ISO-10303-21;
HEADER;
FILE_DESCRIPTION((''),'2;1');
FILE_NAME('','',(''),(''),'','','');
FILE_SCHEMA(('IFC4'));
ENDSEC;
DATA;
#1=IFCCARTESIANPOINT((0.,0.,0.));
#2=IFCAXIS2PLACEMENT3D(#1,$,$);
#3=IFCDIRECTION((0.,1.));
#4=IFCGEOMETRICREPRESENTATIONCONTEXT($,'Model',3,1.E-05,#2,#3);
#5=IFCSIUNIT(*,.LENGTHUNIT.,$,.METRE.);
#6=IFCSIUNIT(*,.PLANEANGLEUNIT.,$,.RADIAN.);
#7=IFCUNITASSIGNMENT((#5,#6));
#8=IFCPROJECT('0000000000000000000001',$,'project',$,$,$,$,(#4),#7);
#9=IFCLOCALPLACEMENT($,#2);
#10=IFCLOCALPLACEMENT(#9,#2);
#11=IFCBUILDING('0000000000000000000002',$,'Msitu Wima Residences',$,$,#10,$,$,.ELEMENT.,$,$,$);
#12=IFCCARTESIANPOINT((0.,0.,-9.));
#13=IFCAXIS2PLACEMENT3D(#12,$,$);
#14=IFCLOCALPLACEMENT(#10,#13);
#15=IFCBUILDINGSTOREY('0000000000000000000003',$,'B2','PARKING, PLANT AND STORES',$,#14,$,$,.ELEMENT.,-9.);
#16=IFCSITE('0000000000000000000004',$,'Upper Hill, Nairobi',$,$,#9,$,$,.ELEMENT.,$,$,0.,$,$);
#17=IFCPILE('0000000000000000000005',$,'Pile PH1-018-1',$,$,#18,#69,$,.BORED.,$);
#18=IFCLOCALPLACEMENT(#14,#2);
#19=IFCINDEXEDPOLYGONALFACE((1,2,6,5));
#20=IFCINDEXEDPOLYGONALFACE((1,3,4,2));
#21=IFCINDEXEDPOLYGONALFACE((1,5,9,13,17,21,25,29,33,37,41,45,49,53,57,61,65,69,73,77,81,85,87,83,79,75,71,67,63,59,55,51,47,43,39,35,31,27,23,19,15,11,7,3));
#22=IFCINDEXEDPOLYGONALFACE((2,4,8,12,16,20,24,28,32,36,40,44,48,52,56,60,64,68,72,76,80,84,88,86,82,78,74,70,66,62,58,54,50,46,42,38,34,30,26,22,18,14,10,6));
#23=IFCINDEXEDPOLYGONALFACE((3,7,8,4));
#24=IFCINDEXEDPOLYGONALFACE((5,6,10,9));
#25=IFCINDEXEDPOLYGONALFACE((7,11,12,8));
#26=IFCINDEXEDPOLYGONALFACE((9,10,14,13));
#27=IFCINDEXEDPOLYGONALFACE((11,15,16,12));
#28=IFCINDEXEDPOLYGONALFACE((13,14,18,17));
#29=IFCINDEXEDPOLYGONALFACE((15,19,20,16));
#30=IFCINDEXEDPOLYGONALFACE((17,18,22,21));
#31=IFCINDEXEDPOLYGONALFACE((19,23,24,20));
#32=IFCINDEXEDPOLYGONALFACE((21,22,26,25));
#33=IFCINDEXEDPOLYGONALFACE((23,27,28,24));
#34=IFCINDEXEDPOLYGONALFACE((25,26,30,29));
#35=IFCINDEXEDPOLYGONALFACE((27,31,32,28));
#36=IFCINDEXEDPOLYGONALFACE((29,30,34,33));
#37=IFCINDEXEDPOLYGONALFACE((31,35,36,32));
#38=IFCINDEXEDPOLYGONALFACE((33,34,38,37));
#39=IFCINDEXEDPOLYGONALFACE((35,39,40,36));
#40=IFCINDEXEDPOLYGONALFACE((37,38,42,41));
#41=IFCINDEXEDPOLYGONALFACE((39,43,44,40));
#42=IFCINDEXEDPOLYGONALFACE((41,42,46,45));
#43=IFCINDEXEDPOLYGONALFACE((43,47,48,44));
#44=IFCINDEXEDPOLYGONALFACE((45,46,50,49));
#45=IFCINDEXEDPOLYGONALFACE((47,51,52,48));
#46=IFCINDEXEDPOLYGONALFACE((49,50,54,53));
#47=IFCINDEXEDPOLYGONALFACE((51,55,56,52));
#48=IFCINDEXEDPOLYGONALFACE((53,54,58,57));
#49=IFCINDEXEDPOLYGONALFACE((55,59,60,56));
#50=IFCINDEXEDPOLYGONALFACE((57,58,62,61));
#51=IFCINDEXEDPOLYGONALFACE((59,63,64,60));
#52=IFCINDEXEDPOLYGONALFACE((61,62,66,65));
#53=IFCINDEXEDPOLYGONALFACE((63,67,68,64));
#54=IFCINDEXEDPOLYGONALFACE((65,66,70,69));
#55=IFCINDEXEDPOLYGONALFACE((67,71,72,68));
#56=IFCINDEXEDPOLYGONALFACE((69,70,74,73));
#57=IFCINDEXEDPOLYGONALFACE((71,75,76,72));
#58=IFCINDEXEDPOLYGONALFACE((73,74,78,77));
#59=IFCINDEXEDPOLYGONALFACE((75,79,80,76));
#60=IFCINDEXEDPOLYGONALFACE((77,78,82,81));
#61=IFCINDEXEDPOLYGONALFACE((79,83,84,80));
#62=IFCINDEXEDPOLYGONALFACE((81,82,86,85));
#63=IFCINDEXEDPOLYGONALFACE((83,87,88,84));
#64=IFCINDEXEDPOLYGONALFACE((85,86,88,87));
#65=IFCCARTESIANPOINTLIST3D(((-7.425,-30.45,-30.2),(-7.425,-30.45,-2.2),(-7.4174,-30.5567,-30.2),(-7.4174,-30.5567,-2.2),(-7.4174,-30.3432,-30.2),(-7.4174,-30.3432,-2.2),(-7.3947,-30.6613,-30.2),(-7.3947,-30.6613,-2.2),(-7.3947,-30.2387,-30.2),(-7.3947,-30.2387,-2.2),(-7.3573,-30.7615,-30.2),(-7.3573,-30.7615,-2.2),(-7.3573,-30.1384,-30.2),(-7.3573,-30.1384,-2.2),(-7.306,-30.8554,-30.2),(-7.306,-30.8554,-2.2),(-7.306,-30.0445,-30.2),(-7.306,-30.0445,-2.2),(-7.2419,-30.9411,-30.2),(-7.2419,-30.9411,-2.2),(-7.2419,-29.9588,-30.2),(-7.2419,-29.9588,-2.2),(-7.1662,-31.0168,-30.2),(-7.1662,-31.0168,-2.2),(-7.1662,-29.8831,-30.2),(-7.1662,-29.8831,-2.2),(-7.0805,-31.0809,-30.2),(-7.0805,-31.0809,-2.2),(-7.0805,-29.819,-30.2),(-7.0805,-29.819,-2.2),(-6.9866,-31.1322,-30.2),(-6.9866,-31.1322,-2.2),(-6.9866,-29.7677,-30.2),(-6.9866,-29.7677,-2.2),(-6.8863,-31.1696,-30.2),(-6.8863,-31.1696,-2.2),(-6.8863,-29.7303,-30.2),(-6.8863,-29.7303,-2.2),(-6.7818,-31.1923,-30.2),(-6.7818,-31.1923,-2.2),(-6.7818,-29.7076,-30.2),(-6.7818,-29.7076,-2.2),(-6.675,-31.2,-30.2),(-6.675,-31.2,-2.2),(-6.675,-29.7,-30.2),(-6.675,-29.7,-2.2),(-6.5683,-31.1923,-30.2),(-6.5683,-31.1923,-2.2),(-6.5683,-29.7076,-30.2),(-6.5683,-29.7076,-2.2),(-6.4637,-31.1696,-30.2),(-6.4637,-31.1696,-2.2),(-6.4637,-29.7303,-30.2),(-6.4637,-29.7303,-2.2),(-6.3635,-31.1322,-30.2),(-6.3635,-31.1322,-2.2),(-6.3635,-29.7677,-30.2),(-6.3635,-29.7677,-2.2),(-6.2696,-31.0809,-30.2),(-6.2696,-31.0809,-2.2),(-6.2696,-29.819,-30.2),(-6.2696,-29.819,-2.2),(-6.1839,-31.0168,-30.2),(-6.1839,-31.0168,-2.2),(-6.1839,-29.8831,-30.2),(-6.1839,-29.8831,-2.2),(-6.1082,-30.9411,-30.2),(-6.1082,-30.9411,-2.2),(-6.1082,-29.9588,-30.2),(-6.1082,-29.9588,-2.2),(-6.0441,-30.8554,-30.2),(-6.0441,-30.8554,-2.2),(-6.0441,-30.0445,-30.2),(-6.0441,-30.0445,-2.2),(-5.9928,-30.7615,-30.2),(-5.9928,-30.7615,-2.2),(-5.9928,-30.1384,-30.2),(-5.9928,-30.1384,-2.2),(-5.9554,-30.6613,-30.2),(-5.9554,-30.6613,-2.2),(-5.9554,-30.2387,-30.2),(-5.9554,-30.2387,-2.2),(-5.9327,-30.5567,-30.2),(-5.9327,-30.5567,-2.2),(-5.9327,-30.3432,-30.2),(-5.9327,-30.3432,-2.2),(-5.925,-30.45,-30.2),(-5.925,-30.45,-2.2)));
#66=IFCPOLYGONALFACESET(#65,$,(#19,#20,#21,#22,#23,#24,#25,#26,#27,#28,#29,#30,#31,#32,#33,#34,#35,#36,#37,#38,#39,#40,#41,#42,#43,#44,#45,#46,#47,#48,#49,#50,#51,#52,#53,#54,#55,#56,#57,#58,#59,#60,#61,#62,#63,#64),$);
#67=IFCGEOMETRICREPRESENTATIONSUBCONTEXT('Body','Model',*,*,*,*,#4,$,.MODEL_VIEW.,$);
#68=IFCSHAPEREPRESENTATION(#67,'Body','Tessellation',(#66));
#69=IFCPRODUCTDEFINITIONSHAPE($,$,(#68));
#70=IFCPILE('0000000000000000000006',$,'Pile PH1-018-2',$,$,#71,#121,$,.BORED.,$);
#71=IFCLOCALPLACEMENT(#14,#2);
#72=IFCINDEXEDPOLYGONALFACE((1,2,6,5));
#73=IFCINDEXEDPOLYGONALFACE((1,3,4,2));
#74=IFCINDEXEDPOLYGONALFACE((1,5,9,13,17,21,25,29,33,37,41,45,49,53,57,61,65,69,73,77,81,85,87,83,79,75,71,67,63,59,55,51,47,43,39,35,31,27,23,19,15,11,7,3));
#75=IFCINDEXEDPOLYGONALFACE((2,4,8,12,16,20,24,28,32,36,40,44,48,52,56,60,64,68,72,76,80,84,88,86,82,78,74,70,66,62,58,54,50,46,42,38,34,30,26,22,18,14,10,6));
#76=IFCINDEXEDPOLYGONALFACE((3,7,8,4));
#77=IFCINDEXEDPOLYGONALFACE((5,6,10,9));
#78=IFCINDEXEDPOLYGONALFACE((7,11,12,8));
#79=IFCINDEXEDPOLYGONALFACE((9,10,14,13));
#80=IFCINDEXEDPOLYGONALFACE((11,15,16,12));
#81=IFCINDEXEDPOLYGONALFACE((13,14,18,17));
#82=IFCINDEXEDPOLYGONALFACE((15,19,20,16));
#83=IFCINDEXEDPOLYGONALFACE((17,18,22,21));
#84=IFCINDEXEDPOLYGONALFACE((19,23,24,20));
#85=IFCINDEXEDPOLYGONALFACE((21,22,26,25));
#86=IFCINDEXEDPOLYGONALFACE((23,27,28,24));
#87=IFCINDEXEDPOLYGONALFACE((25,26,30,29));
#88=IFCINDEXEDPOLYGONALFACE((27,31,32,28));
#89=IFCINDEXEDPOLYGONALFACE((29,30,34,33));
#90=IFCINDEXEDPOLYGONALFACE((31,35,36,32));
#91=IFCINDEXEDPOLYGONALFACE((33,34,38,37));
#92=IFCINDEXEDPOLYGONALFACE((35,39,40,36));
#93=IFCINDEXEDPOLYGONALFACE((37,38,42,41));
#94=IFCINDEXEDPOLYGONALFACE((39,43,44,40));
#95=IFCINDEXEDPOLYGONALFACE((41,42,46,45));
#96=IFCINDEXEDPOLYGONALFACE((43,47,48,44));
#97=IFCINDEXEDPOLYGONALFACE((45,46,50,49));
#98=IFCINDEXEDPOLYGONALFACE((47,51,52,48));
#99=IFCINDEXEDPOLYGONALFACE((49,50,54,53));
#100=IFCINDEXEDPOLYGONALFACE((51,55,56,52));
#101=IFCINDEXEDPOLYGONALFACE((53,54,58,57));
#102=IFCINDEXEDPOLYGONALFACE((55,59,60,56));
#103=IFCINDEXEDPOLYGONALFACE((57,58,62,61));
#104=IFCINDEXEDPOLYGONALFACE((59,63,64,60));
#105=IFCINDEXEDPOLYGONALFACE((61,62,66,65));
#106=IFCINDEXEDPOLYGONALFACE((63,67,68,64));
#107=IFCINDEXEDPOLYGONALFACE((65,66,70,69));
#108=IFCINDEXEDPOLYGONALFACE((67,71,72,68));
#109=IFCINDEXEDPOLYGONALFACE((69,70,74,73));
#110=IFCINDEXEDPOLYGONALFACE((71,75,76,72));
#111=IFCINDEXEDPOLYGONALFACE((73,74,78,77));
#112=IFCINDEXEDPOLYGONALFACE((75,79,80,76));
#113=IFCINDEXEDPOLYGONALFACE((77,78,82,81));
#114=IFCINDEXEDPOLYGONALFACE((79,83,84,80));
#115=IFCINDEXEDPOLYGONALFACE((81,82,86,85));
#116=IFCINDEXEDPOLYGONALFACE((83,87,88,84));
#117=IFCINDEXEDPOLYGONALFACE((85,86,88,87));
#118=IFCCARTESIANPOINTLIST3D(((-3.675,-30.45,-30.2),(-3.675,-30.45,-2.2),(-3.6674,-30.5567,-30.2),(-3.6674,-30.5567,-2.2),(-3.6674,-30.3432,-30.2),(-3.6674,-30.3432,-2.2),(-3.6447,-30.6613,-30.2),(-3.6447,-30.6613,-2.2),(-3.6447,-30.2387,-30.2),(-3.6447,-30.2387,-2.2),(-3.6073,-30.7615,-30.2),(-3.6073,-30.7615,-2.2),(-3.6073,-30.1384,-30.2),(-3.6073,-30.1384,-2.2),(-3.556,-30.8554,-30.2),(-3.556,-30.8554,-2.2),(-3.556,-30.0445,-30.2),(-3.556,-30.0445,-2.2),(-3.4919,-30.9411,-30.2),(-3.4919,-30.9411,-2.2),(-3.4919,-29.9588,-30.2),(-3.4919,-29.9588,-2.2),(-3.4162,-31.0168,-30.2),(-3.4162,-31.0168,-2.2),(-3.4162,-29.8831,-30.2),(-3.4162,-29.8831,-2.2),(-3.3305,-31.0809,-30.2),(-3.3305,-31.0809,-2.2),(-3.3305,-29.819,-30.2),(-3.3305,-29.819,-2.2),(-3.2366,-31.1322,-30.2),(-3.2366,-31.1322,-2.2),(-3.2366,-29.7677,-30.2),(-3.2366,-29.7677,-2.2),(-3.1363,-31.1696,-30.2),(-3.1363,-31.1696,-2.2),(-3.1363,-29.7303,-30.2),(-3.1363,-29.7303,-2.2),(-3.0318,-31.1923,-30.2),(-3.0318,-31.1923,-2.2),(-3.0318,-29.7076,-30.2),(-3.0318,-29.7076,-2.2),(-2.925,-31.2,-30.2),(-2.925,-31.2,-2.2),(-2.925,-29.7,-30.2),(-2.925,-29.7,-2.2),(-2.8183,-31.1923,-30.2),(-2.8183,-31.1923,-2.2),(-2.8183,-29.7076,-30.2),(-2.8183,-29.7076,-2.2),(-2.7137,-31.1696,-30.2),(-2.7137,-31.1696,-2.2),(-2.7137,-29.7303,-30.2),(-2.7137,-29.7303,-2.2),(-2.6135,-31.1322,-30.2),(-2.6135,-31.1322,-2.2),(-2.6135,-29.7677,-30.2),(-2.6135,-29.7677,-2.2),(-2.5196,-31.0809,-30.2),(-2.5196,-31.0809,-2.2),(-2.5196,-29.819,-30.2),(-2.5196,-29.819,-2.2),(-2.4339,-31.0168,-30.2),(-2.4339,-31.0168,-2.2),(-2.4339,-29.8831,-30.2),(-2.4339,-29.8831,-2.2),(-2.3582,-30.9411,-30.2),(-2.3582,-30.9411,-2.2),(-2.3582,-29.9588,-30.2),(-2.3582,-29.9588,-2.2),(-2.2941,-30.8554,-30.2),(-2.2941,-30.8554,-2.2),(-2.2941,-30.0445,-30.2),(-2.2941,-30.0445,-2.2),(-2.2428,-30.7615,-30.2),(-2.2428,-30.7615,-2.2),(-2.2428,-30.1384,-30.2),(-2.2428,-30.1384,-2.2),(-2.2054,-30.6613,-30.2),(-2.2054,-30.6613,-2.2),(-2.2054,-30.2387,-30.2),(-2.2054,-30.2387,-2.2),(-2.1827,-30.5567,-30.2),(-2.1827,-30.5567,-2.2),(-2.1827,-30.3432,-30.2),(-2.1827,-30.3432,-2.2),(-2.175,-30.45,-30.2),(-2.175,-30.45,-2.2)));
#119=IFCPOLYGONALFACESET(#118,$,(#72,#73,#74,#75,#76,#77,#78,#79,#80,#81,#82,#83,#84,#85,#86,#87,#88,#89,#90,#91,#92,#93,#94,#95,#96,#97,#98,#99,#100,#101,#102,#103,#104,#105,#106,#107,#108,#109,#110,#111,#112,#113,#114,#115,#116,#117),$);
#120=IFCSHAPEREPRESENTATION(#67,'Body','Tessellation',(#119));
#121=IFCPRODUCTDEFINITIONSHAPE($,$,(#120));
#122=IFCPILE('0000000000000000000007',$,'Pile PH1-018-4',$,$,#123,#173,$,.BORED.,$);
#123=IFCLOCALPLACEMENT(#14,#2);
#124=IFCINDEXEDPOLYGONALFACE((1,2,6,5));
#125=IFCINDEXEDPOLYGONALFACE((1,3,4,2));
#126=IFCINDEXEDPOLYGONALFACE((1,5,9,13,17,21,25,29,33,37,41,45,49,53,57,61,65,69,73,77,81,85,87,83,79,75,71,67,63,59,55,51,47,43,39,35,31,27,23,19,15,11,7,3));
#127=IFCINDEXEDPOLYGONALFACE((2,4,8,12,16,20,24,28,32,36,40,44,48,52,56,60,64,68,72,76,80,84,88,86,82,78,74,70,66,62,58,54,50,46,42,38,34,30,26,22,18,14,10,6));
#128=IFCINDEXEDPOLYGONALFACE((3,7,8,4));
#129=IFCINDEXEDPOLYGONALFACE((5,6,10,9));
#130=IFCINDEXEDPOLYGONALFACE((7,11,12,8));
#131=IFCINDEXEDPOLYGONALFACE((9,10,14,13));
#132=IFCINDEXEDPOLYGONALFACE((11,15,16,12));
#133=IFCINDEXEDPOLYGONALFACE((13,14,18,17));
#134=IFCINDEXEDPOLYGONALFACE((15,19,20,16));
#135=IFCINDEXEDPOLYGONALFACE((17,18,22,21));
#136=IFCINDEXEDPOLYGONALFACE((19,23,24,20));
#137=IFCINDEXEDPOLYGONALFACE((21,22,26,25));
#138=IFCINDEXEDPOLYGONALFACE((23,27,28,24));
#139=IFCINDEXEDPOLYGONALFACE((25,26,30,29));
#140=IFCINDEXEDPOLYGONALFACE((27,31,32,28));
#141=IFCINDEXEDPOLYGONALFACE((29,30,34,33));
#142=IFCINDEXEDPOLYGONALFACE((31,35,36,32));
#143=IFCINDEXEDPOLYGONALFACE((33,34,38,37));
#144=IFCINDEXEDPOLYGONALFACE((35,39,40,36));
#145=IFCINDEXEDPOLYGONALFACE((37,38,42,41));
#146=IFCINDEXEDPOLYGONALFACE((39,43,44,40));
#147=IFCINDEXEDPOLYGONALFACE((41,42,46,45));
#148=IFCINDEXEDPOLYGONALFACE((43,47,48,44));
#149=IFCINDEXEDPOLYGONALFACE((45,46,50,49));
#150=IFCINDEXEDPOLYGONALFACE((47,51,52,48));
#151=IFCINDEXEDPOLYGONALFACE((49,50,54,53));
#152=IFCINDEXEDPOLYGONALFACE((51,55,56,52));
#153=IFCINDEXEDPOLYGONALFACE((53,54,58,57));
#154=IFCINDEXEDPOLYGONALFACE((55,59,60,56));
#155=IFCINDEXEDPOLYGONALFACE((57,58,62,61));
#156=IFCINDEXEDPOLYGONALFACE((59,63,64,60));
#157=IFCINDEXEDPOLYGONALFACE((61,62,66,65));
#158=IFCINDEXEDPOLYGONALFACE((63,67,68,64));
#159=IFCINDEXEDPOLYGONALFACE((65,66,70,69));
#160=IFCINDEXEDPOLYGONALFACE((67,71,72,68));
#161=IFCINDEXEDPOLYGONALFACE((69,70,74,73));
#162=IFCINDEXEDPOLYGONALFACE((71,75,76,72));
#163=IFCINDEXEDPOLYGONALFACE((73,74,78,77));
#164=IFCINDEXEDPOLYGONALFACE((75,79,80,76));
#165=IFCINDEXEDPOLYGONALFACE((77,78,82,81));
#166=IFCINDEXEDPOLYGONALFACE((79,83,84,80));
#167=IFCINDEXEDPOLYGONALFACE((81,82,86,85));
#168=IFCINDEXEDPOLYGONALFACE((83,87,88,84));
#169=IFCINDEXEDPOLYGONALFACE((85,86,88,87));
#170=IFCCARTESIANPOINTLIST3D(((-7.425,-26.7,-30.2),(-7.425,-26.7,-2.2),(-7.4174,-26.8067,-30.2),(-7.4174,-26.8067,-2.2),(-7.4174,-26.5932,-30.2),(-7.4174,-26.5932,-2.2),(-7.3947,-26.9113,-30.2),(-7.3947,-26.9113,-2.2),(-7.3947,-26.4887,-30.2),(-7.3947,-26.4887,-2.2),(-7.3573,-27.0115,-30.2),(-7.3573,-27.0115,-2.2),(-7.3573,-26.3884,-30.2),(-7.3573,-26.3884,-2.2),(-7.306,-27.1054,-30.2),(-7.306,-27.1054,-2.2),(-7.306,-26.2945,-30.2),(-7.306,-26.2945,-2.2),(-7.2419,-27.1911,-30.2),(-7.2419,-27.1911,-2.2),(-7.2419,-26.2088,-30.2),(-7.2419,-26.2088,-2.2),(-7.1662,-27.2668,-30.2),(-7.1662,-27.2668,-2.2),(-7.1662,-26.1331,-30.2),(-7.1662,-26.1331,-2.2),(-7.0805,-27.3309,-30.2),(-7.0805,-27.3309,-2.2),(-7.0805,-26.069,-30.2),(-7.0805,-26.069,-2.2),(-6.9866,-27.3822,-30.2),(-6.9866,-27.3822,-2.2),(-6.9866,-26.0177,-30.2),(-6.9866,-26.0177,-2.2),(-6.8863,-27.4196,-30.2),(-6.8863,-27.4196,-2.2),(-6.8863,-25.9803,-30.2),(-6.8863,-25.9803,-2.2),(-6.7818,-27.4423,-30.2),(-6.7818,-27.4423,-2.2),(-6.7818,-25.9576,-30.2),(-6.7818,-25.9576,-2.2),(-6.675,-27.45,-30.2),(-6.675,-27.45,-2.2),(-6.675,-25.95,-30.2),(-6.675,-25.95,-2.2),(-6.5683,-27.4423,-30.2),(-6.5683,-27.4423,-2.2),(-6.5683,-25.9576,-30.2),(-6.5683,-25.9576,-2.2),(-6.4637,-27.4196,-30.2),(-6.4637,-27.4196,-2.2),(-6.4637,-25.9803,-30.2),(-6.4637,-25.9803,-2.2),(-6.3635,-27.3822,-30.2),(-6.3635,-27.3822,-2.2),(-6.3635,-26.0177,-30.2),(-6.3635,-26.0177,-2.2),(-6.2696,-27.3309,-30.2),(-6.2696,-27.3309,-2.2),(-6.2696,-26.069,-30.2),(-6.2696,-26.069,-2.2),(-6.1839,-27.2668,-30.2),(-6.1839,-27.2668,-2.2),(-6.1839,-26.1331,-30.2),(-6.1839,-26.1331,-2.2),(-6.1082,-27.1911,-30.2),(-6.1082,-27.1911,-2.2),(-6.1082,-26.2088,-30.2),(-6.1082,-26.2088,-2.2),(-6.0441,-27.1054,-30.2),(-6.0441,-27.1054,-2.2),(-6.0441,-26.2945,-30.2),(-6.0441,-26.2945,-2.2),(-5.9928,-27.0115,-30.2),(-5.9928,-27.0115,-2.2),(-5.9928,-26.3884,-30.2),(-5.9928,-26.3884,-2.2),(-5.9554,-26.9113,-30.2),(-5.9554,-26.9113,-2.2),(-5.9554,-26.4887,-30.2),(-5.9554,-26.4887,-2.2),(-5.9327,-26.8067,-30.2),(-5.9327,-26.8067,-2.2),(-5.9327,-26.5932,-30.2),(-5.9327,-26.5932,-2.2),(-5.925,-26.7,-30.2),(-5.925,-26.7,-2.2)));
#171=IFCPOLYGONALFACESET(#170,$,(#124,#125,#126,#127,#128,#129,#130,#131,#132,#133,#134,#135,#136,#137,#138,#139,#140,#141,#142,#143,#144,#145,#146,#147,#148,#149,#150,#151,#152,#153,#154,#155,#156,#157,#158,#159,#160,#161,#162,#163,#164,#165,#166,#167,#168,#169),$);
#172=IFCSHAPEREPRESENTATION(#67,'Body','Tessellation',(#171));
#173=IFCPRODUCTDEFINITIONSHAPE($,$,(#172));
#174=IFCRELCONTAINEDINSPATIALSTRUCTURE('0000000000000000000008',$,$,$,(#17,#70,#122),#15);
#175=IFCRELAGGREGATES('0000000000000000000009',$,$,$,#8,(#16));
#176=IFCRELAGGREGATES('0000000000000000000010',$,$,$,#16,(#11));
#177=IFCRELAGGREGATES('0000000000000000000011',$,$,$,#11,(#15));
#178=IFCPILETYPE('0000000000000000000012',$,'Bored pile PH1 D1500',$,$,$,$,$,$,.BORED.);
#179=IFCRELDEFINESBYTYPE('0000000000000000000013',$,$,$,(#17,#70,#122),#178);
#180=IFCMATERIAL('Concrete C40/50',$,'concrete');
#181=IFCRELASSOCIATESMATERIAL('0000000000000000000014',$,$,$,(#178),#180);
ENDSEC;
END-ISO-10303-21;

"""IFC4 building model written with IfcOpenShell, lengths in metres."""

from ifc_helpers import new_model, si_unit, direction, frame, origin, origin_2d, place, context, subcontext, project, spatial, circle, extrude, material, type_object, element, save


model = new_model("IFC4")

# Units and contexts
model_context = context("Model", 3, precision=1e-05, world=origin(), true_north=direction((0.0, 1.0)))
body_context = subcontext(model_context, "Body", "Model", "MODEL_VIEW")
ifc_project = project(units=[si_unit("LENGTHUNIT", "METRE"), si_unit("PLANEANGLEUNIT", "RADIAN")], contexts=[model_context])

# Site, building, storey
site_placement = place(None, origin())
site = spatial("IfcSite", under=ifc_project, at=site_placement, Name="Upper Hill, Nairobi", CompositionType="ELEMENT", RefElevation=0.0)
building_placement = place(site_placement, origin())
building = spatial("IfcBuilding", under=site, at=building_placement, Name="Msitu Wima Residences", CompositionType="ELEMENT")
storey_placement = place(building_placement, frame((0.0, 0.0, -9.0)))
storey = spatial("IfcBuildingStorey", under=building, at=storey_placement, Name="B2", Description="PARKING, PLANT AND STORES", CompositionType="ELEMENT", Elevation=-9.0)

# Piles
ifc_material_1 = material(Name="Concrete C40/50", Category="concrete")
pile_type_1 = type_object("IfcPileType", Name="Bored pile PH1 D1500", PredefinedType="BORED", material=ifc_material_1)
for number, where, z_axis, x_axis, name in (
    (1, (-6.675, -30.45, -2.2), (0.0, 0.0, -1.0), (1.0, 0.0, 0.0), "Pile PH1-018-1"),
    (2, (-2.925, -30.45, -2.2), (0.0, 0.0, -1.0), (1.0, 0.0, 0.0), "Pile PH1-018-2"),
    (3, (-6.675, -26.7, -2.2), (0.0, 0.0, -1.0), (1.0, 0.0, 0.0), "Pile PH1-018-4"),
):
    element("IfcPile", number, at=place(storey_placement, frame(where, z_axis=z_axis, x_axis=x_axis)), inside=storey, type_object=pile_type_1, Name=name, PredefinedType="BORED", context=body_context, shape_type="SweptSolid", body=[
        extrude(circle(Radius=0.75, at=origin_2d()), origin(), (0.0, 0.0, 1.0), 28.0),
    ])

save(model, "model.ifc")
